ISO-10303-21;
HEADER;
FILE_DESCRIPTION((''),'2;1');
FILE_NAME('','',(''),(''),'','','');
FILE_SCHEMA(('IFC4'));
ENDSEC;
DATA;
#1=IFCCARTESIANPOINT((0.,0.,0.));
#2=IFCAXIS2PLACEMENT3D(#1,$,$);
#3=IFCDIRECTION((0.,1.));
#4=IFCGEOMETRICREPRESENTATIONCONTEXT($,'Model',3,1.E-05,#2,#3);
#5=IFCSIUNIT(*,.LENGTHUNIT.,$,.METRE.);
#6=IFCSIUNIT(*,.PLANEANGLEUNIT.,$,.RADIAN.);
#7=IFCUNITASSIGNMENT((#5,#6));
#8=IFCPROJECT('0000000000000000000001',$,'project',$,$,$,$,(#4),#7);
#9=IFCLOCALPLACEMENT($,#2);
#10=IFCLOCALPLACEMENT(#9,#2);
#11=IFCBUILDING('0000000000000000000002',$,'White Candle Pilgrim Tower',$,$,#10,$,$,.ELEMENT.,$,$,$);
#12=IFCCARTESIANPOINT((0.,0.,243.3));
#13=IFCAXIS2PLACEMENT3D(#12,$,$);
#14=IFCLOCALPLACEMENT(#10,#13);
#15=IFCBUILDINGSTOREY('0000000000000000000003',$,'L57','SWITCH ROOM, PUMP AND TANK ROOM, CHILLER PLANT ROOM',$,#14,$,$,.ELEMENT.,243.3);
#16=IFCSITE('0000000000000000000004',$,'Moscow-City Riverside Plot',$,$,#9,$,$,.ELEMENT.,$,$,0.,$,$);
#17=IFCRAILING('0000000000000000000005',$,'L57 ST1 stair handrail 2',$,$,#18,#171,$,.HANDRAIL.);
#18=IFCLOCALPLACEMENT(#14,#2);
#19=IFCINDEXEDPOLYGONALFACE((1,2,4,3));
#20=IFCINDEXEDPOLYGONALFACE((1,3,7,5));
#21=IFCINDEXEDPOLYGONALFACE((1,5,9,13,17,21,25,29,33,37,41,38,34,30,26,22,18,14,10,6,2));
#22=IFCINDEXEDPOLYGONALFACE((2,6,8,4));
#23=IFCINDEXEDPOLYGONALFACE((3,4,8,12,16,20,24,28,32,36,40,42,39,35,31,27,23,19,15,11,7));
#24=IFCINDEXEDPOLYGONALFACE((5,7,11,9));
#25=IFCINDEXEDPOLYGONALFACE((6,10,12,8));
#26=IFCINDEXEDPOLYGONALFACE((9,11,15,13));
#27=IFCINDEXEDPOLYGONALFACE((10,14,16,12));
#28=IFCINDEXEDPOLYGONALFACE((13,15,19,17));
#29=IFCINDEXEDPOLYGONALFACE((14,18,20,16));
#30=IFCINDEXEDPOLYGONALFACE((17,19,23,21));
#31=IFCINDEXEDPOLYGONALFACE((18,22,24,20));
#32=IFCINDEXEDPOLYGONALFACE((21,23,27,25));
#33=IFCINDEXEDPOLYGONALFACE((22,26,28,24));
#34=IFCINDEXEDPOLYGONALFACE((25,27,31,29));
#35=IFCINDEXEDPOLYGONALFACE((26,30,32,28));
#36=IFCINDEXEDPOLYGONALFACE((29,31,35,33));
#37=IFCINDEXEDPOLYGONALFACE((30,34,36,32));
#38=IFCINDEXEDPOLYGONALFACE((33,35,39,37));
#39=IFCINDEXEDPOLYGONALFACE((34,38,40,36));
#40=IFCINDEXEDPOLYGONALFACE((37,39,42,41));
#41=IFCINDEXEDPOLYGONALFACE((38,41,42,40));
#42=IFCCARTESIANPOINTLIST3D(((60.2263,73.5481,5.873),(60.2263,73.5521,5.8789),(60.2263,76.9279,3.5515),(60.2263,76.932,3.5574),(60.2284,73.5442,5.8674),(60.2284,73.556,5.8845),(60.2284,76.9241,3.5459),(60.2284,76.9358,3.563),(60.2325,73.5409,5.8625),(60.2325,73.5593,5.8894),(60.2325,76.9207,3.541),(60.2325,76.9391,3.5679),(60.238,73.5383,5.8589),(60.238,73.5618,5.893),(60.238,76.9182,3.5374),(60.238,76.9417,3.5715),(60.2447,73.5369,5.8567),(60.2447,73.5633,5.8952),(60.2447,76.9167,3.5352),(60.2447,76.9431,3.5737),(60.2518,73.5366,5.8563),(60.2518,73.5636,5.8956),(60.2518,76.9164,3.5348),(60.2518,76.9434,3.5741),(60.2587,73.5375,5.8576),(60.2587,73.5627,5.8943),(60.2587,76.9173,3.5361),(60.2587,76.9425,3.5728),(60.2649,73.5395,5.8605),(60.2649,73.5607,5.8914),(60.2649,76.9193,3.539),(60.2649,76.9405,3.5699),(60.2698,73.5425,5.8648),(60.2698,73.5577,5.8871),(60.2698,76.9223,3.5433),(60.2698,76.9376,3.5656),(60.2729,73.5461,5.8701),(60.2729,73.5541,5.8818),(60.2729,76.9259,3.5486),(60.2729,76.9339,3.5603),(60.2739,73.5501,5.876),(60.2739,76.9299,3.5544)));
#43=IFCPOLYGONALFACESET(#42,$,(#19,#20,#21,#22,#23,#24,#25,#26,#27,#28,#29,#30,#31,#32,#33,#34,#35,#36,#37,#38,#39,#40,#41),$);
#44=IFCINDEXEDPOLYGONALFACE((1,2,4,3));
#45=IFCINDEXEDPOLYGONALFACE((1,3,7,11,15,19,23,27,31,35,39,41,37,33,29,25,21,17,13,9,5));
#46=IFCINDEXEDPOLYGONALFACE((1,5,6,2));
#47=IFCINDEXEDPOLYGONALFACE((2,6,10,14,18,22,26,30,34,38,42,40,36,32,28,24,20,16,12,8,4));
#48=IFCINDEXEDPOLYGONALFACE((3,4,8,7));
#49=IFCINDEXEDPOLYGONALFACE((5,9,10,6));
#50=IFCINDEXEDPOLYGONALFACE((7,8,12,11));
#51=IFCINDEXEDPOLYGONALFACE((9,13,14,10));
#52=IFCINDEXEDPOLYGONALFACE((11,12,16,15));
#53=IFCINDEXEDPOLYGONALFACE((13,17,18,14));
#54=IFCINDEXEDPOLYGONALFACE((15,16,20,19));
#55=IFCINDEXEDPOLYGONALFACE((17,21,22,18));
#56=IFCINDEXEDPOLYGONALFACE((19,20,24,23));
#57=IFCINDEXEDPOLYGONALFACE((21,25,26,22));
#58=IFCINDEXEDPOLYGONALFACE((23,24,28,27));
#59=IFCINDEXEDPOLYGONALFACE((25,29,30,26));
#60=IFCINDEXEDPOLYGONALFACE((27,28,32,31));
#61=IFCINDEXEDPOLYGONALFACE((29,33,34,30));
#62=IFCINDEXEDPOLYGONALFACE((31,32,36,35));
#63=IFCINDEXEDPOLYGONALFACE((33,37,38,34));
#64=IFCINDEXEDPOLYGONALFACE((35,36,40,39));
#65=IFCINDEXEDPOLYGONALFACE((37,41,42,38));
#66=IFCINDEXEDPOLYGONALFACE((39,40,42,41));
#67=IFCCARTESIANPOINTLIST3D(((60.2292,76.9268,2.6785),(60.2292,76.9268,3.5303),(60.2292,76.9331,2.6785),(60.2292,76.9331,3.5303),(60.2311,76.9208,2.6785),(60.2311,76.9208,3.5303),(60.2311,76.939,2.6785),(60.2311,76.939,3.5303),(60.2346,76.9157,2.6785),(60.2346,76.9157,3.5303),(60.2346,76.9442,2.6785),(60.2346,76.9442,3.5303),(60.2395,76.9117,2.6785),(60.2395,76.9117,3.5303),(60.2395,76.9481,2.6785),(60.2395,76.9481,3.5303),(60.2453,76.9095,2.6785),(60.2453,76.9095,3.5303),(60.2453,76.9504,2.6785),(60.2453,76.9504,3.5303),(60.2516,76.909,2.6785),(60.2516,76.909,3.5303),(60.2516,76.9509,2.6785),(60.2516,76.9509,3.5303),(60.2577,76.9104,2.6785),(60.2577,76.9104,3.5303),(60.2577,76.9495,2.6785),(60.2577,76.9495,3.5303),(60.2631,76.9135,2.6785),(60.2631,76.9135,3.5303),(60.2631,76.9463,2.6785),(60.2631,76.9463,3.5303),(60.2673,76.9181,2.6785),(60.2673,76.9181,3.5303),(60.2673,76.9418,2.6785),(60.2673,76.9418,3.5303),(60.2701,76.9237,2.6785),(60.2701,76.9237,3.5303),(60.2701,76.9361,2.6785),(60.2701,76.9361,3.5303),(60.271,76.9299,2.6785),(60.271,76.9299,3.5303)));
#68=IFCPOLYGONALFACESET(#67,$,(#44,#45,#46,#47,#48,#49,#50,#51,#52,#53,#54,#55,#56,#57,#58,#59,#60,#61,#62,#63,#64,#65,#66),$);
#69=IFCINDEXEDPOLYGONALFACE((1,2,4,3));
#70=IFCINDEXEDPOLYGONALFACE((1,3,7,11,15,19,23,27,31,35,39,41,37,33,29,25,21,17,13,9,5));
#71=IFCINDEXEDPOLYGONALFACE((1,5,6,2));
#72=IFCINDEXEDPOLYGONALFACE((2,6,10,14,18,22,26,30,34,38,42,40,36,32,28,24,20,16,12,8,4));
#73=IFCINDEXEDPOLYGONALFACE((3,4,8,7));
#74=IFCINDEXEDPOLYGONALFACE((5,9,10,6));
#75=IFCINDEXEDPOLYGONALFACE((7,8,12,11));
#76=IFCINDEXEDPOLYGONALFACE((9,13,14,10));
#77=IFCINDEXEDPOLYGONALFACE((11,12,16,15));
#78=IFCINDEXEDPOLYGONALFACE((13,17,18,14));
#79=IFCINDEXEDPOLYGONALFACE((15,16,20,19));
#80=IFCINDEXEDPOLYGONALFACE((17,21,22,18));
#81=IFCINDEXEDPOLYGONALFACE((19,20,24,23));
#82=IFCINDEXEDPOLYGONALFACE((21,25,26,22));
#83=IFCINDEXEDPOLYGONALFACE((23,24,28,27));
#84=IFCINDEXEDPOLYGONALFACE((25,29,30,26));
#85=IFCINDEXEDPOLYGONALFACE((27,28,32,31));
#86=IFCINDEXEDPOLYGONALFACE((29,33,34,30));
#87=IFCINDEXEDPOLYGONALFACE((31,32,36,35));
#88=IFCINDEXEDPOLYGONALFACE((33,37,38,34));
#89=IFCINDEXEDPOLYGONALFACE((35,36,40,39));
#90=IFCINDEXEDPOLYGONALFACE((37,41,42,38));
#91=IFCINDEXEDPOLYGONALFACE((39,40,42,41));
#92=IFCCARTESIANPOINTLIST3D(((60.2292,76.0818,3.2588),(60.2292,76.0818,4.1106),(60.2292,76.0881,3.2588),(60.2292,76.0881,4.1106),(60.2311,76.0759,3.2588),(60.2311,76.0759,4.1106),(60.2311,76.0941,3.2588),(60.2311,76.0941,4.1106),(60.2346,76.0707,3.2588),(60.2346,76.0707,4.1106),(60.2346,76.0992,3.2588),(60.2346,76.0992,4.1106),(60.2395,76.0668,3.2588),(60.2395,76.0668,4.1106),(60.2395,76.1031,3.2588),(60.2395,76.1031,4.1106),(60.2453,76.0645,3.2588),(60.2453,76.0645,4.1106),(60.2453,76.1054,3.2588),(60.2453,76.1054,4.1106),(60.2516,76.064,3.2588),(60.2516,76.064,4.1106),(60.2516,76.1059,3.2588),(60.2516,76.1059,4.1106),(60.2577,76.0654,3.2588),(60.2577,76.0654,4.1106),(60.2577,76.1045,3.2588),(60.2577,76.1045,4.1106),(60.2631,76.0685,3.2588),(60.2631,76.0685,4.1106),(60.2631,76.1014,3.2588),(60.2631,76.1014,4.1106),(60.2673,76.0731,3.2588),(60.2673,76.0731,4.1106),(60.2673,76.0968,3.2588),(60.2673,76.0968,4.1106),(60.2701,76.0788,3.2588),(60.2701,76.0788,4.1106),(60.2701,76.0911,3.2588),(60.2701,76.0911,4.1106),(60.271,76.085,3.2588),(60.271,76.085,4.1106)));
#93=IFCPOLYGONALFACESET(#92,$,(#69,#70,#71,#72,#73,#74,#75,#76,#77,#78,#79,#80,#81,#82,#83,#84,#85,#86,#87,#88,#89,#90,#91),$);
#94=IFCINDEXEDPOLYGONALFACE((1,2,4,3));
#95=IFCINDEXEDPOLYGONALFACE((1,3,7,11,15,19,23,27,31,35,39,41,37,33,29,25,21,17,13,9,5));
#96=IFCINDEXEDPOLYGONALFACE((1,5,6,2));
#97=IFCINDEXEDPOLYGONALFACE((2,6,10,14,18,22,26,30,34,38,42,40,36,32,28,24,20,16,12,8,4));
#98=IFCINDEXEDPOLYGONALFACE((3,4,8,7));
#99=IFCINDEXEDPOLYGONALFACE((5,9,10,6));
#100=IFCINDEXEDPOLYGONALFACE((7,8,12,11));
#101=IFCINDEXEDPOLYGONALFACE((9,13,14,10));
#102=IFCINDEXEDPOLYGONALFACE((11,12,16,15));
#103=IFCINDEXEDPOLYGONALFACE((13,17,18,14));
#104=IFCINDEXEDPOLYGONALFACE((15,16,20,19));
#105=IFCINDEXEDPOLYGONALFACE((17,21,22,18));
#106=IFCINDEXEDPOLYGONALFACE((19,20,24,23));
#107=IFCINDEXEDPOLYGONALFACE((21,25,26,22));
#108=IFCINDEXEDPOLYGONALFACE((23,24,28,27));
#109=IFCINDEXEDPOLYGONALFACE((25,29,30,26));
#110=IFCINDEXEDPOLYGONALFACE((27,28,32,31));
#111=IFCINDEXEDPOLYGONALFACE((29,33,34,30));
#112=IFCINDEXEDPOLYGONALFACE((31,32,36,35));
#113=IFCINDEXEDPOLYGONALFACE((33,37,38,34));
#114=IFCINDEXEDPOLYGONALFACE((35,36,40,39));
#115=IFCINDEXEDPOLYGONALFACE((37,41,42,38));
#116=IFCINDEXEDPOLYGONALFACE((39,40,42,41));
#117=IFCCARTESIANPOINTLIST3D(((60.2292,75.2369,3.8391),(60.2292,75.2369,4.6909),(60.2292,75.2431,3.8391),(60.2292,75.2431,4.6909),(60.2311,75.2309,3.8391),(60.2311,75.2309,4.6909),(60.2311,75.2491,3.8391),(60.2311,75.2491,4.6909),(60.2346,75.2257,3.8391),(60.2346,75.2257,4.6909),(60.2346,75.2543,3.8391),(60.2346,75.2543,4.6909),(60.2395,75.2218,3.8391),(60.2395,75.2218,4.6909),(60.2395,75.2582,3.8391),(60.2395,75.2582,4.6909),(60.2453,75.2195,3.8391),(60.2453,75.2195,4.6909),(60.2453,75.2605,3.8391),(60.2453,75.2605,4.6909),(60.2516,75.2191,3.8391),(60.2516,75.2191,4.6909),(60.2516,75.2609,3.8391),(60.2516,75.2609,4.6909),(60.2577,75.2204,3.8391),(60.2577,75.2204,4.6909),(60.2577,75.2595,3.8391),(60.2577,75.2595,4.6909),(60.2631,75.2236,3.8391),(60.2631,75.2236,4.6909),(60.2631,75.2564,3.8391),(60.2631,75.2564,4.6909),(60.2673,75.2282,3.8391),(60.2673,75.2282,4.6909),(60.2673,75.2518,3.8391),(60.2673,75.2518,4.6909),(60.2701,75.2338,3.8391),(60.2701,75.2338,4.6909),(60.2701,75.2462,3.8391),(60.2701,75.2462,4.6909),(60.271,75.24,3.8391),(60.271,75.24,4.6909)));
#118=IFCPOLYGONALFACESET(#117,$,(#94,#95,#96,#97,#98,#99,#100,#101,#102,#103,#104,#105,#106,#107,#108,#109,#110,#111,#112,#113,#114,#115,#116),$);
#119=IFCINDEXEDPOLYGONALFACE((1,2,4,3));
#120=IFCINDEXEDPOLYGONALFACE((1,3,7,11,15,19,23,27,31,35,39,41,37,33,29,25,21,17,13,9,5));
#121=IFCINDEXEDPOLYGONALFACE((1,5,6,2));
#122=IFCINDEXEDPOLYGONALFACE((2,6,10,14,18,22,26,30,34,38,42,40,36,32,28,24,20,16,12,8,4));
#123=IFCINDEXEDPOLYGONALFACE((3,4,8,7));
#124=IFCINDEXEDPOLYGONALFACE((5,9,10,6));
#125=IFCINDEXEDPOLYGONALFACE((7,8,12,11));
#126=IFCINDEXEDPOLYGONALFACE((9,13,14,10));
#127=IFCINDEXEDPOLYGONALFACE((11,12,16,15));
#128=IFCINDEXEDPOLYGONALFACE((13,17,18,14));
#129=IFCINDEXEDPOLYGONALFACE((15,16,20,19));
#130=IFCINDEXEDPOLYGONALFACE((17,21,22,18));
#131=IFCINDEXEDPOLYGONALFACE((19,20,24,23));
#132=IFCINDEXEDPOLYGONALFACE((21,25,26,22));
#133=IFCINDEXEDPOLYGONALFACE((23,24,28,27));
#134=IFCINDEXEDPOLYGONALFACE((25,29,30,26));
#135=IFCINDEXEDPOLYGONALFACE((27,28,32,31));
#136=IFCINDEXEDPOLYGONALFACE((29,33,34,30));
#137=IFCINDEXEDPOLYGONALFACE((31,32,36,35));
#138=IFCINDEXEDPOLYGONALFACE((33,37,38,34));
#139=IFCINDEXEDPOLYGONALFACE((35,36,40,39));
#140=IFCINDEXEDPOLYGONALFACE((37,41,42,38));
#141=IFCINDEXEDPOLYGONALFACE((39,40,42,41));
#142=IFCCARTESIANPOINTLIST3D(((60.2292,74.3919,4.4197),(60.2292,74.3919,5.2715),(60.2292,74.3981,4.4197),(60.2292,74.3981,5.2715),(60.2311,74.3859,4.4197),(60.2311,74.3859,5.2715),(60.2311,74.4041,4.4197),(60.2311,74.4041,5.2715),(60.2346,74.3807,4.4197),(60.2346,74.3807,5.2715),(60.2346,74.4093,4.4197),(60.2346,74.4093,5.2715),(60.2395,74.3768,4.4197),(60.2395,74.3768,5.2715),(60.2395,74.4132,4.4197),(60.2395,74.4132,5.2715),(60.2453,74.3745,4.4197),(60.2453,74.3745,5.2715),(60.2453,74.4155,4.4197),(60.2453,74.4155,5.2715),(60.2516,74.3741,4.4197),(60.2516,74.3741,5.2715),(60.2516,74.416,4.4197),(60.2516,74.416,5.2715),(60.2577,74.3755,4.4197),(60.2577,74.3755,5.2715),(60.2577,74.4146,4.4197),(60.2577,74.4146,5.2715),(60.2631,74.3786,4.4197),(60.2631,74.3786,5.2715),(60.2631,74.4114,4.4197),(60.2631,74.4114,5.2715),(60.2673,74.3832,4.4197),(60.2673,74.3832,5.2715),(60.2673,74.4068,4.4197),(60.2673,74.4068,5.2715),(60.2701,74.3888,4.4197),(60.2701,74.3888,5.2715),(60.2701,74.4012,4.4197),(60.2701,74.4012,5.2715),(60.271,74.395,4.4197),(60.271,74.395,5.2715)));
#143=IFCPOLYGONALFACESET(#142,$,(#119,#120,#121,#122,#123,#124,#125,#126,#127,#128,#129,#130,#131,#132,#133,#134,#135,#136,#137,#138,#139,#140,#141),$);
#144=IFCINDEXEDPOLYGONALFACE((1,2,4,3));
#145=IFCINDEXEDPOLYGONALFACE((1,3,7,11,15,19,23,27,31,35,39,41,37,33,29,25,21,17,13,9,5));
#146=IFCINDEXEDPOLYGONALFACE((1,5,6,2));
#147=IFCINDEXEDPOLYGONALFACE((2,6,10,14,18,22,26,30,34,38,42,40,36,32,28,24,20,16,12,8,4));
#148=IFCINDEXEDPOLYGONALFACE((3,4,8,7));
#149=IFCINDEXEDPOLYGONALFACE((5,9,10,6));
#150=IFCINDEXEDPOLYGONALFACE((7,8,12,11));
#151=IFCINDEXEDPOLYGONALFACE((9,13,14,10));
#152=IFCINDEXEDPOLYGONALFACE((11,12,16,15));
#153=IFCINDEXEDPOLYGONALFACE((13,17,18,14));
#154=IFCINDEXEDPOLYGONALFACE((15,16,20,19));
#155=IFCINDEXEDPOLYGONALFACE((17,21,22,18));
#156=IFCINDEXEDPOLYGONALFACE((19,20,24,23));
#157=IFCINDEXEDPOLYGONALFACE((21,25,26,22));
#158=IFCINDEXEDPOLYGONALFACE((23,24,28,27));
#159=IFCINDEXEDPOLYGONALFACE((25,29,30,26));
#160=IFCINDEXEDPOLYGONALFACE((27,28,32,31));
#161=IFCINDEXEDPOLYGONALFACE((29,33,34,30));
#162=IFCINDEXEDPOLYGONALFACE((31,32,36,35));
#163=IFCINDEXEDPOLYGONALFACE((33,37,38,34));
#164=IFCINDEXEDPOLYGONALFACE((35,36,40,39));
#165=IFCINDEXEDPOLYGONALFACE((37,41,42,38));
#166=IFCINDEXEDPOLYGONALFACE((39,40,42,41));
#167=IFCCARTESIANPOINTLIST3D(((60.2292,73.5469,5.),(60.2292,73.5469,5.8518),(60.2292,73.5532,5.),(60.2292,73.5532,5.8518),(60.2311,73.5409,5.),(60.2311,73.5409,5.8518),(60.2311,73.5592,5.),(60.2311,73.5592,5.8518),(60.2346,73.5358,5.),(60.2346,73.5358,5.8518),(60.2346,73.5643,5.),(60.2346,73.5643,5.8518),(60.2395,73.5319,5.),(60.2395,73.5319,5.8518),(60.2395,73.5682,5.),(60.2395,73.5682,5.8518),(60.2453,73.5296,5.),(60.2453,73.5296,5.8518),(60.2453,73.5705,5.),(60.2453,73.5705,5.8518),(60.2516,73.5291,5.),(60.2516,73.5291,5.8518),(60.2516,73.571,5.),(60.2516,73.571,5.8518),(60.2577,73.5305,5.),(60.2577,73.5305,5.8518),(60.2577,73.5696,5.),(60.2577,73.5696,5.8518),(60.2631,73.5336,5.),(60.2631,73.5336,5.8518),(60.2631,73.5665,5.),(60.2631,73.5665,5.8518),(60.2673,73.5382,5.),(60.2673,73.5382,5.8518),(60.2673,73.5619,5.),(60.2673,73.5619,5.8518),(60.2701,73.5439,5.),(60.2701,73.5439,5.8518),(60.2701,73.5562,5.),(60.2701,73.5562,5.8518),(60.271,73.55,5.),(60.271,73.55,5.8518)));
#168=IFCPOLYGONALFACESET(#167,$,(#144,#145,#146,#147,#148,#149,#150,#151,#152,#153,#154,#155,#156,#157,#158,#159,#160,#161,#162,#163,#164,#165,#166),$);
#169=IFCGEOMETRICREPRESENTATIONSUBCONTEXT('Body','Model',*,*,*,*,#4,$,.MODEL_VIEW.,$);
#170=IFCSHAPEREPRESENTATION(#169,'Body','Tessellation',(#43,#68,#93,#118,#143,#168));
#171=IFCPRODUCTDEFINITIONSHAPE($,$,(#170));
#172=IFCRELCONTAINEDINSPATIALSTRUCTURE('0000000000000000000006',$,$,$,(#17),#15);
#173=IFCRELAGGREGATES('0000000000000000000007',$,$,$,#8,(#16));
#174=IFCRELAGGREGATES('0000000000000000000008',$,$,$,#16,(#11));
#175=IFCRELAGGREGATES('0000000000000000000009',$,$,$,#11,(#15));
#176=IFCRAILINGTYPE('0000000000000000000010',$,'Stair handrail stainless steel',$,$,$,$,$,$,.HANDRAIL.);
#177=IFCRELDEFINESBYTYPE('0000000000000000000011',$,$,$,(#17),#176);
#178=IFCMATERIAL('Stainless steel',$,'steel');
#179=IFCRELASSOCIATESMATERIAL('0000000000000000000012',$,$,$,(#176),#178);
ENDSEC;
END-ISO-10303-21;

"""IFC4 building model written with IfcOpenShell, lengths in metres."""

from ifc_helpers import new_model, si_unit, direction, frame, origin, origin_2d, place, context, subcontext, project, spatial, circle, extrude, material, type_object, element, save


model = new_model("IFC4")

# Units and contexts
model_context = context("Model", 3, precision=1e-05, world=origin(), true_north=direction((0.0, 1.0)))
body_context = subcontext(model_context, "Body", "Model", "MODEL_VIEW")
ifc_project = project(units=[si_unit("LENGTHUNIT", "METRE"), si_unit("PLANEANGLEUNIT", "RADIAN")], contexts=[model_context])

# Site, building, storey
site_placement = place(None, origin())
site = spatial("IfcSite", under=ifc_project, at=site_placement, Name="Moscow-City Riverside Plot", CompositionType="ELEMENT", RefElevation=0.0)
building_placement = place(site_placement, origin())
building = spatial("IfcBuilding", under=site, at=building_placement, Name="White Candle Pilgrim Tower", CompositionType="ELEMENT")
storey_placement = place(building_placement, frame((0.0, 0.0, 243.3)))
storey = spatial("IfcBuildingStorey", under=building, at=storey_placement, Name="L57", Description="SWITCH ROOM, PUMP AND TANK ROOM, CHILLER PLANT ROOM", CompositionType="ELEMENT", Elevation=243.3)

# Shared definitions
ifc_material_1 = material(Name="Stainless steel", Category="steel")

# Railing
railing_type_1 = type_object("IfcRailingType", Name="Stair handrail stainless steel", PredefinedType="HANDRAIL", material=ifc_material_1)
railing_1_placement = place(storey_placement, frame((60.25, 76.9299, 2.6785)))
element("IfcRailing", 1, at=railing_1_placement, inside=storey, type_object=railing_type_1, Name="L57 ST1 stair handrail 2", PredefinedType="HANDRAIL", context=body_context, shape_type="SweptSolid", body=[
    extrude(circle(Radius=0.0239, at=origin_2d()), frame((0.0, 0.0, 0.876), z_axis=(0.0, -0.824285, 0.566175), x_axis=(1.0, 0.0, 0.0)), (0.0, 0.0, 1.0), 4.1003),
    extrude(circle(Radius=0.021, at=origin_2d()), origin(), (0.0, 0.0, 1.0), 0.8518),
    extrude(circle(Radius=0.021, at=origin_2d()), frame((0.0, -0.845, 0.5803)), (0.0, 0.0, 1.0), 0.8518),
    extrude(circle(Radius=0.021, at=origin_2d()), frame((0.0, -1.6899, 1.1606)), (0.0, 0.0, 1.0), 0.8518),
    extrude(circle(Radius=0.021, at=origin_2d()), frame((0.0, -2.5349, 1.7412)), (0.0, 0.0, 1.0), 0.8518),
    extrude(circle(Radius=0.021, at=origin_2d()), frame((0.0, -3.3799, 2.3215)), (0.0, 0.0, 1.0), 0.8518),
])

save(model, "model.ifc")
